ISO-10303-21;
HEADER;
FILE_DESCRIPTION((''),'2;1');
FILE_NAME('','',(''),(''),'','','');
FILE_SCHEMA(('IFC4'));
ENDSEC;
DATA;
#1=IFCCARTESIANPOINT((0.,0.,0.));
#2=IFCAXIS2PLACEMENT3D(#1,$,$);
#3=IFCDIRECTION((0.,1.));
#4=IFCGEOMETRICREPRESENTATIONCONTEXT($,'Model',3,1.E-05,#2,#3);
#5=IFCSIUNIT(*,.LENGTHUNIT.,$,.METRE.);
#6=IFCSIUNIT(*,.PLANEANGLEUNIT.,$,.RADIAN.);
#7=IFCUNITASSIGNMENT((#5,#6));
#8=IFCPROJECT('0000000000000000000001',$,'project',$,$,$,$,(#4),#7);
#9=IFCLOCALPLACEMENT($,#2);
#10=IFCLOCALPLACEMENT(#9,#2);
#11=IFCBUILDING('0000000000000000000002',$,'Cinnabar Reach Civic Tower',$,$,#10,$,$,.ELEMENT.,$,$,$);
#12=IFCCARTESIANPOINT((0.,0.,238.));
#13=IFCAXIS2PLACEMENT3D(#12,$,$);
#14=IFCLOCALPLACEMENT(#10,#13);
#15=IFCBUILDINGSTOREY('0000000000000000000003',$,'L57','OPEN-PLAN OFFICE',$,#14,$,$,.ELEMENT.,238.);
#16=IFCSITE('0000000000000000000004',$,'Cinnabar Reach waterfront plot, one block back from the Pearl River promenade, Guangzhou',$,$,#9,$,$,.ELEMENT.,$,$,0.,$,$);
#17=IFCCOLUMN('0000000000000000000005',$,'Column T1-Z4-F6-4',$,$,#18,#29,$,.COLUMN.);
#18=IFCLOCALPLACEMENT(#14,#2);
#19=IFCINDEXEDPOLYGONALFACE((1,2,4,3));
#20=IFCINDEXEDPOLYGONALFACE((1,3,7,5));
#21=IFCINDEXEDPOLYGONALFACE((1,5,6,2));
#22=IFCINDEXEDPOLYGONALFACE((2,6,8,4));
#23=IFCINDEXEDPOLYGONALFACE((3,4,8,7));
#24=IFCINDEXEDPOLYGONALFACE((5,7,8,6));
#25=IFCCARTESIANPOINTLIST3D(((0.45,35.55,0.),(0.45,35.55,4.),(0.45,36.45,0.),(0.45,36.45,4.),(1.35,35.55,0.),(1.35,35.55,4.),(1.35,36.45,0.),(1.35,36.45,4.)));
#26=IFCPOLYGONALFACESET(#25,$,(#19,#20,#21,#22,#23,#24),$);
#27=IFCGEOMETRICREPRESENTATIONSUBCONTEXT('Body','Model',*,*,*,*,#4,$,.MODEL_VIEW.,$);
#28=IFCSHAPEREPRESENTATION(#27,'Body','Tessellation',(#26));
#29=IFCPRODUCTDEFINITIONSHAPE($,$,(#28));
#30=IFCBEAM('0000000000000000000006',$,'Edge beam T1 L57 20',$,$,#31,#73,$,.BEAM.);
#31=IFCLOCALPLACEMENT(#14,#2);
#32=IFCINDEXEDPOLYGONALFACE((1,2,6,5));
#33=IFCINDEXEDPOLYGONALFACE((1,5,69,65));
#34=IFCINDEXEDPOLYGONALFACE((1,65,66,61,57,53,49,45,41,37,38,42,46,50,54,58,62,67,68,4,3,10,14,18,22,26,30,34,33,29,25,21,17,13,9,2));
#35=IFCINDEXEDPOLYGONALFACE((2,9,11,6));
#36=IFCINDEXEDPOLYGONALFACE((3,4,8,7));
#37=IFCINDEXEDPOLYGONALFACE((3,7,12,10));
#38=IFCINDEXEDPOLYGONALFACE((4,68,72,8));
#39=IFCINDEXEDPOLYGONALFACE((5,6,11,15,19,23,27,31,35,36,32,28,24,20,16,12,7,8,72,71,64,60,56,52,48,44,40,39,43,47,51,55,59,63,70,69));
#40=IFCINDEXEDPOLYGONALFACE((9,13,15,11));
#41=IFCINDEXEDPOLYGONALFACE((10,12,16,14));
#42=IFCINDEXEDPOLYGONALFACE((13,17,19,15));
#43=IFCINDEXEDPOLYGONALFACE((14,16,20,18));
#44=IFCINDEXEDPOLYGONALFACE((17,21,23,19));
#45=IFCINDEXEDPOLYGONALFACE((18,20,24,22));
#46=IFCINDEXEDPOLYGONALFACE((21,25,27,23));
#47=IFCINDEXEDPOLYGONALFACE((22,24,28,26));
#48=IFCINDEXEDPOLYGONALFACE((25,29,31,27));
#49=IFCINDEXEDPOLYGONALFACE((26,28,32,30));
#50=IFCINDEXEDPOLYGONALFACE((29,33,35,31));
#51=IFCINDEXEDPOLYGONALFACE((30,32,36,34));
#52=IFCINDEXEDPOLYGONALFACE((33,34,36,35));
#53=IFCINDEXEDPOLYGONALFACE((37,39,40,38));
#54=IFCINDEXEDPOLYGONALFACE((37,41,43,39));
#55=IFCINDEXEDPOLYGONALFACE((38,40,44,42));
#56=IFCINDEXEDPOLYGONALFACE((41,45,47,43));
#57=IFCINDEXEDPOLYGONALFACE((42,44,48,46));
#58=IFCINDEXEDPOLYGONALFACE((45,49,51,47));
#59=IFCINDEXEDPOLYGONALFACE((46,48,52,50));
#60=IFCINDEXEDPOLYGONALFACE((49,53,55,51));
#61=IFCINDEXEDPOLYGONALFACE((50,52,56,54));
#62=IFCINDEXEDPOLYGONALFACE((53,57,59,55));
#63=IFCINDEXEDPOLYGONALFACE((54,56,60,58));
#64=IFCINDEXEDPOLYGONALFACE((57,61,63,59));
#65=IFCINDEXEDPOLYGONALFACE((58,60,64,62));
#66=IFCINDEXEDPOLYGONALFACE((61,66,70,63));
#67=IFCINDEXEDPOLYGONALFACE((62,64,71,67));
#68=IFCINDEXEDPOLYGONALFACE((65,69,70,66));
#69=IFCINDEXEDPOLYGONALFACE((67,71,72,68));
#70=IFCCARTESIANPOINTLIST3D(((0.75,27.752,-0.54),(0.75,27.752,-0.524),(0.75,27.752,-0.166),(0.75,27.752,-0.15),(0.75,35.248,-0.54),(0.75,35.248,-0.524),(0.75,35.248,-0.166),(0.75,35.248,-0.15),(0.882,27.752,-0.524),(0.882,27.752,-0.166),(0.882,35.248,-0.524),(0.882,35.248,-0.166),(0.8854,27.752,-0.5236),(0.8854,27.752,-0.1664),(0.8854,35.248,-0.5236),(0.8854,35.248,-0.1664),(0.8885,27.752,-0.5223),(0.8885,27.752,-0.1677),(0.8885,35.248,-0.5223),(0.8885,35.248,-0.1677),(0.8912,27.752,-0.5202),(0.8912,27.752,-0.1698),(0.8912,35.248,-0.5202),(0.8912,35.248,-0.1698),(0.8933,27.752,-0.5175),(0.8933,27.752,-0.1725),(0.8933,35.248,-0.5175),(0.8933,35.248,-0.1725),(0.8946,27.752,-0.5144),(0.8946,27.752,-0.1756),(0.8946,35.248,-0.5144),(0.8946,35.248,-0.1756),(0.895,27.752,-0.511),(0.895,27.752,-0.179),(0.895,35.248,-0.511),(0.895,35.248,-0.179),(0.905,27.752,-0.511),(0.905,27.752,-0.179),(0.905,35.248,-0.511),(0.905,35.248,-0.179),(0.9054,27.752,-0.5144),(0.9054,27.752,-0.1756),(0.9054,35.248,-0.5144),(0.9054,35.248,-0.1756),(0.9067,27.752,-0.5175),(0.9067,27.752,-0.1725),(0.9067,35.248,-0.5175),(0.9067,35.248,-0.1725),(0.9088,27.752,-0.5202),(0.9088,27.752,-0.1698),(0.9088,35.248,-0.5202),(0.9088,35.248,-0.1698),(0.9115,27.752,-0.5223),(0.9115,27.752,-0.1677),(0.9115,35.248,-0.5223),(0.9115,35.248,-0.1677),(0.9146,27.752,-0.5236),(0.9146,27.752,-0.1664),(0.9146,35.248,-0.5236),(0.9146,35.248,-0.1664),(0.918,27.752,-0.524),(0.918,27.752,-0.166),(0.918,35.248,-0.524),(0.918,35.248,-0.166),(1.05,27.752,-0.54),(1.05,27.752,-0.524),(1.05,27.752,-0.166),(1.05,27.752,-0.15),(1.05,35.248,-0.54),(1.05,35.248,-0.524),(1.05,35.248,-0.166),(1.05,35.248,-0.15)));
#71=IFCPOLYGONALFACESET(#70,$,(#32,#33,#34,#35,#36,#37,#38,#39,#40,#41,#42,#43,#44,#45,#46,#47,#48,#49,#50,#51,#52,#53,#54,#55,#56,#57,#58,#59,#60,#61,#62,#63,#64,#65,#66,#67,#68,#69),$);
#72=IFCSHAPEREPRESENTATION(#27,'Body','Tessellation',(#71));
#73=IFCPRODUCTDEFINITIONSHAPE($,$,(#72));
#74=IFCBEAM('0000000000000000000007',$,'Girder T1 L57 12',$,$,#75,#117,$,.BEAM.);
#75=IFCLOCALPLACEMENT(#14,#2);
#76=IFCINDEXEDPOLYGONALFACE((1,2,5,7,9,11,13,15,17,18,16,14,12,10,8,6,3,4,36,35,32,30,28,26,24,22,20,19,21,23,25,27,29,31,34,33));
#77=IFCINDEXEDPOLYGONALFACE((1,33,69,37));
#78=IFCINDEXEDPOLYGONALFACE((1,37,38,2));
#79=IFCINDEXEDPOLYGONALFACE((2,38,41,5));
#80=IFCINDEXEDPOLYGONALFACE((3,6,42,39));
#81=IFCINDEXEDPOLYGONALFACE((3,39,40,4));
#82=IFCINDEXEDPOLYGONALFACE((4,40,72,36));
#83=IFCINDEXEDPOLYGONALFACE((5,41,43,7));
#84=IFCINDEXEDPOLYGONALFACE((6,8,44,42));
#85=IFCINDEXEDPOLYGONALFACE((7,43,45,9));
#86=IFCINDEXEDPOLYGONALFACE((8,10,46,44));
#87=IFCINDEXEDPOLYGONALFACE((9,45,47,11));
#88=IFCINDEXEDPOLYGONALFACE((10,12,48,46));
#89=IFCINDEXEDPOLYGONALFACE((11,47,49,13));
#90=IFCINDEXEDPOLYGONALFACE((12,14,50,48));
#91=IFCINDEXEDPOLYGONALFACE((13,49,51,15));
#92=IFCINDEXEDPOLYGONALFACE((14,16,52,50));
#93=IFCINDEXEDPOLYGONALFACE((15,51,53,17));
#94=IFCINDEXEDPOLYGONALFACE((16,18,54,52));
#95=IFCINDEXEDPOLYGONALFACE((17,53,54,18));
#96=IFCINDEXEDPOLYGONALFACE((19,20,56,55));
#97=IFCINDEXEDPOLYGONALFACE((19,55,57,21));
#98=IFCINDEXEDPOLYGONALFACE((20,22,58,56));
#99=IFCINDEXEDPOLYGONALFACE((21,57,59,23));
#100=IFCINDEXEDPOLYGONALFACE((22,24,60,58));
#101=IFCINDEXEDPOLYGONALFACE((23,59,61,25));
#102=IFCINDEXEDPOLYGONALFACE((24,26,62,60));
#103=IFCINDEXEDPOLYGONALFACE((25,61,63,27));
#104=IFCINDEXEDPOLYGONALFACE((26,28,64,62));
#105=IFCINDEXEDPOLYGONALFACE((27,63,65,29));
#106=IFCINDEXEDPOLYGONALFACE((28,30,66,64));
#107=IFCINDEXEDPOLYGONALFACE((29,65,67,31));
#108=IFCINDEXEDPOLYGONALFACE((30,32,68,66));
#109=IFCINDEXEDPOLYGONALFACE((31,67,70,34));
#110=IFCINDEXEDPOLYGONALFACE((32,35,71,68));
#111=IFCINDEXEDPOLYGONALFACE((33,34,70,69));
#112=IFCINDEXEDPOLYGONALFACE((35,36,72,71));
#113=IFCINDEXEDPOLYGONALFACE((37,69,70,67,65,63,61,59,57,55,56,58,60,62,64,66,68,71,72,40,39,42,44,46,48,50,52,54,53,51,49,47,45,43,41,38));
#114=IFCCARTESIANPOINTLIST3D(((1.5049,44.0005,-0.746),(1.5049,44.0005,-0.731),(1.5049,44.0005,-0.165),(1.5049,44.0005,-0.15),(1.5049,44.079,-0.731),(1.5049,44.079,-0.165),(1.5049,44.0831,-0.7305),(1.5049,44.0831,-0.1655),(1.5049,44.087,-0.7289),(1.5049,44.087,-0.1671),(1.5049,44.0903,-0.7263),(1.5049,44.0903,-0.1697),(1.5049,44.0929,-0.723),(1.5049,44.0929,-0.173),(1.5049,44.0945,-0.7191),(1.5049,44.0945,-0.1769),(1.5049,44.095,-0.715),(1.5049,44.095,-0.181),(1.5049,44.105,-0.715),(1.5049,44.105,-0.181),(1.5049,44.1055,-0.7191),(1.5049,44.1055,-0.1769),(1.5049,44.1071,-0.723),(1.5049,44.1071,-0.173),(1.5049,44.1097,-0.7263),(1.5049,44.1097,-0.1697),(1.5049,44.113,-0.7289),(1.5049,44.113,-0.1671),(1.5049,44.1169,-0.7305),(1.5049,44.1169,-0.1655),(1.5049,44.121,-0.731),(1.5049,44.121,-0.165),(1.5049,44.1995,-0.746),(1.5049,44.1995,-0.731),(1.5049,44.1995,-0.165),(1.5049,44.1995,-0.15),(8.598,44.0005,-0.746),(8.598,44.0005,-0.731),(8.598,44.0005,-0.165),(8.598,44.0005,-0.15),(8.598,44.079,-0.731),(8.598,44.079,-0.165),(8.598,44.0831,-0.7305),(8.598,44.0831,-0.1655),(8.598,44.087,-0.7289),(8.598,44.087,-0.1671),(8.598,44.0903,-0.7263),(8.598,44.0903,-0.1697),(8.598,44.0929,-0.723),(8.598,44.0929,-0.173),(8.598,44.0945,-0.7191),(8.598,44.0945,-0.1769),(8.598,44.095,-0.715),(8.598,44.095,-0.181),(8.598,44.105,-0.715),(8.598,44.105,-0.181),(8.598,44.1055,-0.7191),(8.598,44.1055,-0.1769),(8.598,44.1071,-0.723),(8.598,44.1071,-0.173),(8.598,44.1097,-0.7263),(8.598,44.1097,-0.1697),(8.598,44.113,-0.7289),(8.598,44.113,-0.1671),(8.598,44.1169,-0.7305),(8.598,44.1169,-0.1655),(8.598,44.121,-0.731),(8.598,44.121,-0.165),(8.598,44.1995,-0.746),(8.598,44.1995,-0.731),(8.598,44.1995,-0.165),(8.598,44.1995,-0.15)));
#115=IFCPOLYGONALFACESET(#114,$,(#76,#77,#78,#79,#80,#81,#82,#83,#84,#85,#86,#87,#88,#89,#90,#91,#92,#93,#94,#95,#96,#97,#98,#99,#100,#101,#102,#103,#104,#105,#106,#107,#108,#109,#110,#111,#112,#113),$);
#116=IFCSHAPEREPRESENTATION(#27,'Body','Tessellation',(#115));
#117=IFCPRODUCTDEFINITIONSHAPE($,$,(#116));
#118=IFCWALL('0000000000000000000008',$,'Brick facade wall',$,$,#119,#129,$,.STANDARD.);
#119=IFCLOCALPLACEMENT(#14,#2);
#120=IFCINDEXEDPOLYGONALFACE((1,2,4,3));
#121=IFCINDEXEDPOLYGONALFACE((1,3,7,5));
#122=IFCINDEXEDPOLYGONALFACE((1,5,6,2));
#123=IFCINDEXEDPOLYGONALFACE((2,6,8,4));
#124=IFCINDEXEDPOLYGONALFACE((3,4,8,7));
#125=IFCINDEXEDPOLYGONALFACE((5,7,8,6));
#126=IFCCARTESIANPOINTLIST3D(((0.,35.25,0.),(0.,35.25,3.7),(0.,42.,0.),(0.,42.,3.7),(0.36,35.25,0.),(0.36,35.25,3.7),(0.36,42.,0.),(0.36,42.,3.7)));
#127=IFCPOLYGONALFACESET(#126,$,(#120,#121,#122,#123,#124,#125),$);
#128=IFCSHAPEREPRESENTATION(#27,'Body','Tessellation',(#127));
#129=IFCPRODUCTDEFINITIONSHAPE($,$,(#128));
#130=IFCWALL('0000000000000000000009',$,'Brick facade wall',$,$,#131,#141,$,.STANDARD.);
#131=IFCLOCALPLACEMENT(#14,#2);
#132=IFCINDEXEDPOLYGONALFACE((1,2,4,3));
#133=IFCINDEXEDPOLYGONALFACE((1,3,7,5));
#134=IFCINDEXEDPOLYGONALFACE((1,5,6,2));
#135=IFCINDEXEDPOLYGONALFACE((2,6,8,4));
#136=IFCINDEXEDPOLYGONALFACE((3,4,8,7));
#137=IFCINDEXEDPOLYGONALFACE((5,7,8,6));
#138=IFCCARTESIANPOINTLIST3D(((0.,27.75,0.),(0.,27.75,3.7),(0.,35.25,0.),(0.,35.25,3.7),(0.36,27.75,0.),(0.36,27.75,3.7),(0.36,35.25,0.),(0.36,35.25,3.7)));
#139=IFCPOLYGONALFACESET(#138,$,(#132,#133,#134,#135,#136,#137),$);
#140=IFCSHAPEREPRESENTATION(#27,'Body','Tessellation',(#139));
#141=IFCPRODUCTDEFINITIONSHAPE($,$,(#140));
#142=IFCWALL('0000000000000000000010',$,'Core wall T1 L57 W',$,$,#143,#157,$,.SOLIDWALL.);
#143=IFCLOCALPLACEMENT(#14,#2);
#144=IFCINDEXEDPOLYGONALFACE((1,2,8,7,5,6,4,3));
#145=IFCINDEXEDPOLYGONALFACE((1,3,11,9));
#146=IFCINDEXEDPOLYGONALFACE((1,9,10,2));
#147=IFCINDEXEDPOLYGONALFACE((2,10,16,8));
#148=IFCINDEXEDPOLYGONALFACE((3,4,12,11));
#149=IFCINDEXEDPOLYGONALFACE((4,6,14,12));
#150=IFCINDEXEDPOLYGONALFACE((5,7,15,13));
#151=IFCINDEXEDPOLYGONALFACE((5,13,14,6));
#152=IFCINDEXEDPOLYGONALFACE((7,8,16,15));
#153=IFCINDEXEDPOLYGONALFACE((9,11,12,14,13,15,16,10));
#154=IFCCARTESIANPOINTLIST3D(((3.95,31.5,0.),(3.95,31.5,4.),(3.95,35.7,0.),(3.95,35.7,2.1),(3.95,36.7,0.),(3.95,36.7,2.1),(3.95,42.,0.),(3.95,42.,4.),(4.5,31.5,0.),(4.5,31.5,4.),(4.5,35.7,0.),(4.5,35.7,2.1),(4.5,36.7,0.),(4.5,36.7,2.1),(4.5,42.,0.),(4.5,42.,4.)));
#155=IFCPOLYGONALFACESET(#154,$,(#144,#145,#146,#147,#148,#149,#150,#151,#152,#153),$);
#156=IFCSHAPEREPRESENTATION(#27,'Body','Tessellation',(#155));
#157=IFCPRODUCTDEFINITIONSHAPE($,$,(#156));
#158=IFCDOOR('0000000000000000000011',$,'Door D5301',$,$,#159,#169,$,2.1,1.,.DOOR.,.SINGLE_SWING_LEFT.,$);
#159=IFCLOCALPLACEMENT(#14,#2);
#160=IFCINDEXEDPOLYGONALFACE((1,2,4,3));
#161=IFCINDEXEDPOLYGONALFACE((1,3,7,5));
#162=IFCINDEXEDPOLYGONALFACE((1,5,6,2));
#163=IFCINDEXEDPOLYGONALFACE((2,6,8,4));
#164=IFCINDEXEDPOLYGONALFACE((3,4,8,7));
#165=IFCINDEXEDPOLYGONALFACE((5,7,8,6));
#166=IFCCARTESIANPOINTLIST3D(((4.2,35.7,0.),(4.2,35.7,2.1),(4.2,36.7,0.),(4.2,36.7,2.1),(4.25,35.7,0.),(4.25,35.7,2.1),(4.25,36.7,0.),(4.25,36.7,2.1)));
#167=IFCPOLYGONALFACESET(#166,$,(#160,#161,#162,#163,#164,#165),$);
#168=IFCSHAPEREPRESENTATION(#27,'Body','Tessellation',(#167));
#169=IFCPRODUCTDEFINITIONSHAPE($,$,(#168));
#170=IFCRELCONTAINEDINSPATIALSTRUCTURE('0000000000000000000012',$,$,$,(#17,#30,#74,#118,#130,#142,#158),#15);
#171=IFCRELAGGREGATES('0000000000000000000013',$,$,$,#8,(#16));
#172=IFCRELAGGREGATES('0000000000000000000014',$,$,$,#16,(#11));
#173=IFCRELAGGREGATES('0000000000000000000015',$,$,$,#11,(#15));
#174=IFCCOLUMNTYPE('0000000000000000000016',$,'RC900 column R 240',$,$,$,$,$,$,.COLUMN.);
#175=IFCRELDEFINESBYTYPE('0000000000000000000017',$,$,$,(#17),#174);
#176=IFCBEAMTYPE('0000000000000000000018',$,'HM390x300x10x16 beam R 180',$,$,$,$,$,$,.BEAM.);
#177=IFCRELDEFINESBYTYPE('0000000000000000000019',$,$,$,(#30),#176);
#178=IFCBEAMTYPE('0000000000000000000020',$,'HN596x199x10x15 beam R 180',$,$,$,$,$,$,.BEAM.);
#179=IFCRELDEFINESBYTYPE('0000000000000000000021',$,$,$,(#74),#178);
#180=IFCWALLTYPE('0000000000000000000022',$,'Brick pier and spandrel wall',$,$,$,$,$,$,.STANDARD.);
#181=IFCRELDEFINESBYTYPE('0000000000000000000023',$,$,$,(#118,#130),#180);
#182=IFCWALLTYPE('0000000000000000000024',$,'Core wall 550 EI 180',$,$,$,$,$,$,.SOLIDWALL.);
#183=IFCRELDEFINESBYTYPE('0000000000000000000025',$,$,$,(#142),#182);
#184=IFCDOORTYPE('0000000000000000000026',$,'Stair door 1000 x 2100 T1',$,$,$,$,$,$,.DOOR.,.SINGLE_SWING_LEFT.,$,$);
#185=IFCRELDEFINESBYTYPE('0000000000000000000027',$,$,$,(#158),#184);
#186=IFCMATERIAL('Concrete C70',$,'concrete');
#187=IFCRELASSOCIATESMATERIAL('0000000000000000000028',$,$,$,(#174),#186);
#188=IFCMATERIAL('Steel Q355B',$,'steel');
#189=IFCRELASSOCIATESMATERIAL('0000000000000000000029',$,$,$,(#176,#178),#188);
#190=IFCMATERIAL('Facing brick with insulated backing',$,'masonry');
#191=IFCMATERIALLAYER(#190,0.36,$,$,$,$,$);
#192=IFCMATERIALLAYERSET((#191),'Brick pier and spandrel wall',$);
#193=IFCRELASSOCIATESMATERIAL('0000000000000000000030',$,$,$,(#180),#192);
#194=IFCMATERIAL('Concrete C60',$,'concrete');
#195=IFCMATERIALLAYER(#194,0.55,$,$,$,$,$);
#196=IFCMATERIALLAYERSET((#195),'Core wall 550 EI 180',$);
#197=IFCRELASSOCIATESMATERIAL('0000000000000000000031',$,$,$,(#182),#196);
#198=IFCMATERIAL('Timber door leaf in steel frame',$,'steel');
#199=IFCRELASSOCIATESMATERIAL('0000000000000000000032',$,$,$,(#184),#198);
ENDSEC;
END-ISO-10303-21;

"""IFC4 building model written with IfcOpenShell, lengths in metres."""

from ifc_helpers import new_model, si_unit, direction, frame, frame_2d, origin, origin_2d, place, context, subcontext, project, spatial, rectangle, i_section, extrude, material, layer, layer_set, material_profile, profile_set, type_object, element, fill, save


model = new_model("IFC4")

# Units and contexts
model_context = context("Model", 3, precision=1e-05, world=origin(), true_north=direction((0.0, 1.0)))
body_context = subcontext(model_context, "Body", "Model", "MODEL_VIEW")
ifc_project = project(units=[si_unit("LENGTHUNIT", "METRE"), si_unit("PLANEANGLEUNIT", "RADIAN")], contexts=[model_context])

# Site, building, storey
site_placement = place(None, origin())
site = spatial("IfcSite", under=ifc_project, at=site_placement, Name="Cinnabar Reach waterfront plot, one block back from the Pearl River promenade, Guangzhou", CompositionType="ELEMENT", RefElevation=0.0)
building_placement = place(site_placement, origin())
building = spatial("IfcBuilding", under=site, at=building_placement, Name="Cinnabar Reach Civic Tower", CompositionType="ELEMENT")
storey_placement = place(building_placement, frame((0.0, 0.0, 238.0)))
storey = spatial("IfcBuildingStorey", under=building, at=storey_placement, Name="L57", Description="OPEN-PLAN OFFICE", CompositionType="ELEMENT", Elevation=238.0)

# Column
ifc_material_1 = material(Name="Concrete C70", Category="concrete")
ifc_material_profile_1 = material_profile(ifc_material_1, rectangle(XDim=0.9, YDim=0.9, at=origin_2d()), Name="RC900")
ifc_profile_set_1 = profile_set([ifc_material_profile_1], Name="Concrete C70")
column_type = type_object("IfcColumnType", Name="RC900 column R 240", PredefinedType="COLUMN", material=ifc_profile_set_1)
column_placement = place(storey_placement, frame((0.9, 36.0, 0.0), z_axis=(0.0, 0.0, 1.0), x_axis=(1.0, 0.0, 0.0)))
element("IfcColumn", 1, at=column_placement, inside=storey, type_object=column_type, Name="Column T1-Z4-F6-4", PredefinedType="COLUMN", context=body_context, shape_type="SweptSolid", body=[
    extrude(rectangle(XDim=0.9, YDim=0.9, at=origin_2d()), origin(), (0.0, 0.0, 1.0), 4.0),
])

# Beams
ifc_material_2 = material(Name="Steel Q355B", Category="steel")
ifc_material_profile_2 = material_profile(ifc_material_2, i_section(OverallWidth=0.3, OverallDepth=0.39, WebThickness=0.01, FlangeThickness=0.016, FilletRadius=0.013, at=origin_2d()), Name="HM390x300x10x16")
ifc_profile_set_2 = profile_set([ifc_material_profile_2], Name="Steel Q355B")
beam_type_1 = type_object("IfcBeamType", Name="HM390x300x10x16 beam R 180", PredefinedType="BEAM", material=ifc_profile_set_2)
beam_1_placement = place(storey_placement, frame((0.9, 35.248, -0.345), z_axis=(0.0, -1.0, 0.0), x_axis=(1.0, 0.0, 0.0)))
element("IfcBeam", 2, at=beam_1_placement, inside=storey, type_object=beam_type_1, Name="Edge beam T1 L57 20", PredefinedType="BEAM", context=body_context, shape_type="SweptSolid", body=[
    extrude(i_section(OverallWidth=0.3, OverallDepth=0.39, WebThickness=0.01, FlangeThickness=0.016, FilletRadius=0.013, at=origin_2d()), origin(), (0.0, 0.0, 1.0), 7.496),
])
ifc_material_profile_3 = material_profile(ifc_material_2, i_section(OverallWidth=0.199, OverallDepth=0.596, WebThickness=0.01, FlangeThickness=0.015, FilletRadius=0.016, at=origin_2d()), Name="HN596x199x10x15")
ifc_profile_set_3 = profile_set([ifc_material_profile_3], Name="Steel Q355B")
beam_type_2 = type_object("IfcBeamType", Name="HN596x199x10x15 beam R 180", PredefinedType="BEAM", material=ifc_profile_set_3)
beam_2_placement = place(storey_placement, frame((1.5049, 44.1, -0.448), z_axis=(1.0, 0.0, 0.0), x_axis=(0.0, 1.0, 0.0)))
element("IfcBeam", 3, at=beam_2_placement, inside=storey, type_object=beam_type_2, Name="Girder T1 L57 12", PredefinedType="BEAM", context=body_context, shape_type="SweptSolid", body=[
    extrude(i_section(OverallWidth=0.199, OverallDepth=0.596, WebThickness=0.01, FlangeThickness=0.015, FilletRadius=0.016, at=origin_2d()), origin(), (0.0, 0.0, 1.0), 7.0931),
])

# Walls
ifc_material_3 = material(Name="Facing brick with insulated backing", Category="masonry")
ifc_layer_1 = layer(ifc_material_3, 0.36)
ifc_layer_set_1 = layer_set([ifc_layer_1], Name="Brick pier and spandrel wall")
wall_type_1 = type_object("IfcWallType", Name="Brick pier and spandrel wall", PredefinedType="STANDARD", material=ifc_layer_set_1)
wall_1_placement = place(storey_placement, frame((0.18, 42.0, 0.0), z_axis=(0.0, 0.0, 1.0), x_axis=(0.0, -1.0, 0.0)))
element("IfcWall", 4, at=wall_1_placement, inside=storey, type_object=wall_type_1, Name="Brick facade wall", PredefinedType="STANDARD", context=body_context, shape_type="SweptSolid", body=[
    extrude(rectangle(XDim=6.75, YDim=0.36, at=frame_2d((3.375, 0.0))), origin(), (0.0, 0.0, 1.0), 3.7),
])
wall_2_placement = place(storey_placement, frame((0.18, 35.25, 0.0), z_axis=(0.0, 0.0, 1.0), x_axis=(0.0, -1.0, 0.0)))
element("IfcWall", 5, at=wall_2_placement, inside=storey, type_object=wall_type_1, Name="Brick facade wall", PredefinedType="STANDARD", context=body_context, shape_type="SweptSolid", body=[
    extrude(rectangle(XDim=7.5, YDim=0.36, at=frame_2d((3.75, 0.0))), origin(), (0.0, 0.0, 1.0), 3.7),
])

# Wall, opening, door
ifc_material_4 = material(Name="Concrete C60", Category="concrete")
ifc_layer_2 = layer(ifc_material_4, 0.55)
ifc_layer_set_2 = layer_set([ifc_layer_2], Name="Core wall 550 EI 180")
wall_type_2 = type_object("IfcWallType", Name="Core wall 550 EI 180", PredefinedType="SOLIDWALL", material=ifc_layer_set_2)
wall_3_placement = place(storey_placement, frame((4.225, 42.0, 0.0), z_axis=(0.0, 0.0, 1.0), x_axis=(0.0, -1.0, 0.0)))
wall_3 = element("IfcWall", 6, at=wall_3_placement, inside=storey, type_object=wall_type_2, Name="Core wall T1 L57 W", PredefinedType="SOLIDWALL", context=body_context, shape_type="SweptSolid", body=[
    extrude(rectangle(XDim=10.5, YDim=0.55, at=frame_2d((5.25, 0.0))), origin(), (0.0, 0.0, 1.0), 4.0),
])
opening_1_placement = place(wall_3_placement, frame((5.3, 0.0, 0.0)))
opening_1 = element("IfcOpeningElement", 7, at=opening_1_placement, cuts=wall_3, PredefinedType="OPENING", context=body_context, shape_type="SweptSolid", body=[
    extrude(rectangle(XDim=1.0, YDim=2.1, at=frame_2d((0.5, 1.05))), frame((0.0, 0.285, 0.0), z_axis=(0.0, -1.0, 0.0), x_axis=(1.0, 0.0, 0.0)), (0.0, 0.0, 1.0), 0.57),
])
ifc_material_5 = material(Name="Timber door leaf in steel frame", Category="steel")
door_type_1 = type_object("IfcDoorType", Name="Stair door 1000 x 2100 T1", OperationType="SINGLE_SWING_LEFT", PredefinedType="DOOR", material=ifc_material_5)
door_1_placement = place(opening_1_placement, frame((1.0, 0.0, 0.0), z_axis=(0.0, 0.0, 1.0), x_axis=(-1.0, 0.0, 0.0)))
door_1 = element("IfcDoor", 8, at=door_1_placement, inside=storey, type_object=door_type_1, Name="Door D5301", OperationType="SINGLE_SWING_LEFT", OverallHeight=2.1, OverallWidth=1.0, PredefinedType="DOOR", context=body_context, shape_type="SweptSolid", body=[
    extrude(rectangle(XDim=1.0, YDim=2.1, at=frame_2d((0.5, 1.05))), frame((0.0, 0.025, 0.0), z_axis=(0.0, -1.0, 0.0), x_axis=(1.0, 0.0, 0.0)), (0.0, 0.0, 1.0), 0.05),
])
fill(opening_1, door_1)

save(model, "model.ifc")
